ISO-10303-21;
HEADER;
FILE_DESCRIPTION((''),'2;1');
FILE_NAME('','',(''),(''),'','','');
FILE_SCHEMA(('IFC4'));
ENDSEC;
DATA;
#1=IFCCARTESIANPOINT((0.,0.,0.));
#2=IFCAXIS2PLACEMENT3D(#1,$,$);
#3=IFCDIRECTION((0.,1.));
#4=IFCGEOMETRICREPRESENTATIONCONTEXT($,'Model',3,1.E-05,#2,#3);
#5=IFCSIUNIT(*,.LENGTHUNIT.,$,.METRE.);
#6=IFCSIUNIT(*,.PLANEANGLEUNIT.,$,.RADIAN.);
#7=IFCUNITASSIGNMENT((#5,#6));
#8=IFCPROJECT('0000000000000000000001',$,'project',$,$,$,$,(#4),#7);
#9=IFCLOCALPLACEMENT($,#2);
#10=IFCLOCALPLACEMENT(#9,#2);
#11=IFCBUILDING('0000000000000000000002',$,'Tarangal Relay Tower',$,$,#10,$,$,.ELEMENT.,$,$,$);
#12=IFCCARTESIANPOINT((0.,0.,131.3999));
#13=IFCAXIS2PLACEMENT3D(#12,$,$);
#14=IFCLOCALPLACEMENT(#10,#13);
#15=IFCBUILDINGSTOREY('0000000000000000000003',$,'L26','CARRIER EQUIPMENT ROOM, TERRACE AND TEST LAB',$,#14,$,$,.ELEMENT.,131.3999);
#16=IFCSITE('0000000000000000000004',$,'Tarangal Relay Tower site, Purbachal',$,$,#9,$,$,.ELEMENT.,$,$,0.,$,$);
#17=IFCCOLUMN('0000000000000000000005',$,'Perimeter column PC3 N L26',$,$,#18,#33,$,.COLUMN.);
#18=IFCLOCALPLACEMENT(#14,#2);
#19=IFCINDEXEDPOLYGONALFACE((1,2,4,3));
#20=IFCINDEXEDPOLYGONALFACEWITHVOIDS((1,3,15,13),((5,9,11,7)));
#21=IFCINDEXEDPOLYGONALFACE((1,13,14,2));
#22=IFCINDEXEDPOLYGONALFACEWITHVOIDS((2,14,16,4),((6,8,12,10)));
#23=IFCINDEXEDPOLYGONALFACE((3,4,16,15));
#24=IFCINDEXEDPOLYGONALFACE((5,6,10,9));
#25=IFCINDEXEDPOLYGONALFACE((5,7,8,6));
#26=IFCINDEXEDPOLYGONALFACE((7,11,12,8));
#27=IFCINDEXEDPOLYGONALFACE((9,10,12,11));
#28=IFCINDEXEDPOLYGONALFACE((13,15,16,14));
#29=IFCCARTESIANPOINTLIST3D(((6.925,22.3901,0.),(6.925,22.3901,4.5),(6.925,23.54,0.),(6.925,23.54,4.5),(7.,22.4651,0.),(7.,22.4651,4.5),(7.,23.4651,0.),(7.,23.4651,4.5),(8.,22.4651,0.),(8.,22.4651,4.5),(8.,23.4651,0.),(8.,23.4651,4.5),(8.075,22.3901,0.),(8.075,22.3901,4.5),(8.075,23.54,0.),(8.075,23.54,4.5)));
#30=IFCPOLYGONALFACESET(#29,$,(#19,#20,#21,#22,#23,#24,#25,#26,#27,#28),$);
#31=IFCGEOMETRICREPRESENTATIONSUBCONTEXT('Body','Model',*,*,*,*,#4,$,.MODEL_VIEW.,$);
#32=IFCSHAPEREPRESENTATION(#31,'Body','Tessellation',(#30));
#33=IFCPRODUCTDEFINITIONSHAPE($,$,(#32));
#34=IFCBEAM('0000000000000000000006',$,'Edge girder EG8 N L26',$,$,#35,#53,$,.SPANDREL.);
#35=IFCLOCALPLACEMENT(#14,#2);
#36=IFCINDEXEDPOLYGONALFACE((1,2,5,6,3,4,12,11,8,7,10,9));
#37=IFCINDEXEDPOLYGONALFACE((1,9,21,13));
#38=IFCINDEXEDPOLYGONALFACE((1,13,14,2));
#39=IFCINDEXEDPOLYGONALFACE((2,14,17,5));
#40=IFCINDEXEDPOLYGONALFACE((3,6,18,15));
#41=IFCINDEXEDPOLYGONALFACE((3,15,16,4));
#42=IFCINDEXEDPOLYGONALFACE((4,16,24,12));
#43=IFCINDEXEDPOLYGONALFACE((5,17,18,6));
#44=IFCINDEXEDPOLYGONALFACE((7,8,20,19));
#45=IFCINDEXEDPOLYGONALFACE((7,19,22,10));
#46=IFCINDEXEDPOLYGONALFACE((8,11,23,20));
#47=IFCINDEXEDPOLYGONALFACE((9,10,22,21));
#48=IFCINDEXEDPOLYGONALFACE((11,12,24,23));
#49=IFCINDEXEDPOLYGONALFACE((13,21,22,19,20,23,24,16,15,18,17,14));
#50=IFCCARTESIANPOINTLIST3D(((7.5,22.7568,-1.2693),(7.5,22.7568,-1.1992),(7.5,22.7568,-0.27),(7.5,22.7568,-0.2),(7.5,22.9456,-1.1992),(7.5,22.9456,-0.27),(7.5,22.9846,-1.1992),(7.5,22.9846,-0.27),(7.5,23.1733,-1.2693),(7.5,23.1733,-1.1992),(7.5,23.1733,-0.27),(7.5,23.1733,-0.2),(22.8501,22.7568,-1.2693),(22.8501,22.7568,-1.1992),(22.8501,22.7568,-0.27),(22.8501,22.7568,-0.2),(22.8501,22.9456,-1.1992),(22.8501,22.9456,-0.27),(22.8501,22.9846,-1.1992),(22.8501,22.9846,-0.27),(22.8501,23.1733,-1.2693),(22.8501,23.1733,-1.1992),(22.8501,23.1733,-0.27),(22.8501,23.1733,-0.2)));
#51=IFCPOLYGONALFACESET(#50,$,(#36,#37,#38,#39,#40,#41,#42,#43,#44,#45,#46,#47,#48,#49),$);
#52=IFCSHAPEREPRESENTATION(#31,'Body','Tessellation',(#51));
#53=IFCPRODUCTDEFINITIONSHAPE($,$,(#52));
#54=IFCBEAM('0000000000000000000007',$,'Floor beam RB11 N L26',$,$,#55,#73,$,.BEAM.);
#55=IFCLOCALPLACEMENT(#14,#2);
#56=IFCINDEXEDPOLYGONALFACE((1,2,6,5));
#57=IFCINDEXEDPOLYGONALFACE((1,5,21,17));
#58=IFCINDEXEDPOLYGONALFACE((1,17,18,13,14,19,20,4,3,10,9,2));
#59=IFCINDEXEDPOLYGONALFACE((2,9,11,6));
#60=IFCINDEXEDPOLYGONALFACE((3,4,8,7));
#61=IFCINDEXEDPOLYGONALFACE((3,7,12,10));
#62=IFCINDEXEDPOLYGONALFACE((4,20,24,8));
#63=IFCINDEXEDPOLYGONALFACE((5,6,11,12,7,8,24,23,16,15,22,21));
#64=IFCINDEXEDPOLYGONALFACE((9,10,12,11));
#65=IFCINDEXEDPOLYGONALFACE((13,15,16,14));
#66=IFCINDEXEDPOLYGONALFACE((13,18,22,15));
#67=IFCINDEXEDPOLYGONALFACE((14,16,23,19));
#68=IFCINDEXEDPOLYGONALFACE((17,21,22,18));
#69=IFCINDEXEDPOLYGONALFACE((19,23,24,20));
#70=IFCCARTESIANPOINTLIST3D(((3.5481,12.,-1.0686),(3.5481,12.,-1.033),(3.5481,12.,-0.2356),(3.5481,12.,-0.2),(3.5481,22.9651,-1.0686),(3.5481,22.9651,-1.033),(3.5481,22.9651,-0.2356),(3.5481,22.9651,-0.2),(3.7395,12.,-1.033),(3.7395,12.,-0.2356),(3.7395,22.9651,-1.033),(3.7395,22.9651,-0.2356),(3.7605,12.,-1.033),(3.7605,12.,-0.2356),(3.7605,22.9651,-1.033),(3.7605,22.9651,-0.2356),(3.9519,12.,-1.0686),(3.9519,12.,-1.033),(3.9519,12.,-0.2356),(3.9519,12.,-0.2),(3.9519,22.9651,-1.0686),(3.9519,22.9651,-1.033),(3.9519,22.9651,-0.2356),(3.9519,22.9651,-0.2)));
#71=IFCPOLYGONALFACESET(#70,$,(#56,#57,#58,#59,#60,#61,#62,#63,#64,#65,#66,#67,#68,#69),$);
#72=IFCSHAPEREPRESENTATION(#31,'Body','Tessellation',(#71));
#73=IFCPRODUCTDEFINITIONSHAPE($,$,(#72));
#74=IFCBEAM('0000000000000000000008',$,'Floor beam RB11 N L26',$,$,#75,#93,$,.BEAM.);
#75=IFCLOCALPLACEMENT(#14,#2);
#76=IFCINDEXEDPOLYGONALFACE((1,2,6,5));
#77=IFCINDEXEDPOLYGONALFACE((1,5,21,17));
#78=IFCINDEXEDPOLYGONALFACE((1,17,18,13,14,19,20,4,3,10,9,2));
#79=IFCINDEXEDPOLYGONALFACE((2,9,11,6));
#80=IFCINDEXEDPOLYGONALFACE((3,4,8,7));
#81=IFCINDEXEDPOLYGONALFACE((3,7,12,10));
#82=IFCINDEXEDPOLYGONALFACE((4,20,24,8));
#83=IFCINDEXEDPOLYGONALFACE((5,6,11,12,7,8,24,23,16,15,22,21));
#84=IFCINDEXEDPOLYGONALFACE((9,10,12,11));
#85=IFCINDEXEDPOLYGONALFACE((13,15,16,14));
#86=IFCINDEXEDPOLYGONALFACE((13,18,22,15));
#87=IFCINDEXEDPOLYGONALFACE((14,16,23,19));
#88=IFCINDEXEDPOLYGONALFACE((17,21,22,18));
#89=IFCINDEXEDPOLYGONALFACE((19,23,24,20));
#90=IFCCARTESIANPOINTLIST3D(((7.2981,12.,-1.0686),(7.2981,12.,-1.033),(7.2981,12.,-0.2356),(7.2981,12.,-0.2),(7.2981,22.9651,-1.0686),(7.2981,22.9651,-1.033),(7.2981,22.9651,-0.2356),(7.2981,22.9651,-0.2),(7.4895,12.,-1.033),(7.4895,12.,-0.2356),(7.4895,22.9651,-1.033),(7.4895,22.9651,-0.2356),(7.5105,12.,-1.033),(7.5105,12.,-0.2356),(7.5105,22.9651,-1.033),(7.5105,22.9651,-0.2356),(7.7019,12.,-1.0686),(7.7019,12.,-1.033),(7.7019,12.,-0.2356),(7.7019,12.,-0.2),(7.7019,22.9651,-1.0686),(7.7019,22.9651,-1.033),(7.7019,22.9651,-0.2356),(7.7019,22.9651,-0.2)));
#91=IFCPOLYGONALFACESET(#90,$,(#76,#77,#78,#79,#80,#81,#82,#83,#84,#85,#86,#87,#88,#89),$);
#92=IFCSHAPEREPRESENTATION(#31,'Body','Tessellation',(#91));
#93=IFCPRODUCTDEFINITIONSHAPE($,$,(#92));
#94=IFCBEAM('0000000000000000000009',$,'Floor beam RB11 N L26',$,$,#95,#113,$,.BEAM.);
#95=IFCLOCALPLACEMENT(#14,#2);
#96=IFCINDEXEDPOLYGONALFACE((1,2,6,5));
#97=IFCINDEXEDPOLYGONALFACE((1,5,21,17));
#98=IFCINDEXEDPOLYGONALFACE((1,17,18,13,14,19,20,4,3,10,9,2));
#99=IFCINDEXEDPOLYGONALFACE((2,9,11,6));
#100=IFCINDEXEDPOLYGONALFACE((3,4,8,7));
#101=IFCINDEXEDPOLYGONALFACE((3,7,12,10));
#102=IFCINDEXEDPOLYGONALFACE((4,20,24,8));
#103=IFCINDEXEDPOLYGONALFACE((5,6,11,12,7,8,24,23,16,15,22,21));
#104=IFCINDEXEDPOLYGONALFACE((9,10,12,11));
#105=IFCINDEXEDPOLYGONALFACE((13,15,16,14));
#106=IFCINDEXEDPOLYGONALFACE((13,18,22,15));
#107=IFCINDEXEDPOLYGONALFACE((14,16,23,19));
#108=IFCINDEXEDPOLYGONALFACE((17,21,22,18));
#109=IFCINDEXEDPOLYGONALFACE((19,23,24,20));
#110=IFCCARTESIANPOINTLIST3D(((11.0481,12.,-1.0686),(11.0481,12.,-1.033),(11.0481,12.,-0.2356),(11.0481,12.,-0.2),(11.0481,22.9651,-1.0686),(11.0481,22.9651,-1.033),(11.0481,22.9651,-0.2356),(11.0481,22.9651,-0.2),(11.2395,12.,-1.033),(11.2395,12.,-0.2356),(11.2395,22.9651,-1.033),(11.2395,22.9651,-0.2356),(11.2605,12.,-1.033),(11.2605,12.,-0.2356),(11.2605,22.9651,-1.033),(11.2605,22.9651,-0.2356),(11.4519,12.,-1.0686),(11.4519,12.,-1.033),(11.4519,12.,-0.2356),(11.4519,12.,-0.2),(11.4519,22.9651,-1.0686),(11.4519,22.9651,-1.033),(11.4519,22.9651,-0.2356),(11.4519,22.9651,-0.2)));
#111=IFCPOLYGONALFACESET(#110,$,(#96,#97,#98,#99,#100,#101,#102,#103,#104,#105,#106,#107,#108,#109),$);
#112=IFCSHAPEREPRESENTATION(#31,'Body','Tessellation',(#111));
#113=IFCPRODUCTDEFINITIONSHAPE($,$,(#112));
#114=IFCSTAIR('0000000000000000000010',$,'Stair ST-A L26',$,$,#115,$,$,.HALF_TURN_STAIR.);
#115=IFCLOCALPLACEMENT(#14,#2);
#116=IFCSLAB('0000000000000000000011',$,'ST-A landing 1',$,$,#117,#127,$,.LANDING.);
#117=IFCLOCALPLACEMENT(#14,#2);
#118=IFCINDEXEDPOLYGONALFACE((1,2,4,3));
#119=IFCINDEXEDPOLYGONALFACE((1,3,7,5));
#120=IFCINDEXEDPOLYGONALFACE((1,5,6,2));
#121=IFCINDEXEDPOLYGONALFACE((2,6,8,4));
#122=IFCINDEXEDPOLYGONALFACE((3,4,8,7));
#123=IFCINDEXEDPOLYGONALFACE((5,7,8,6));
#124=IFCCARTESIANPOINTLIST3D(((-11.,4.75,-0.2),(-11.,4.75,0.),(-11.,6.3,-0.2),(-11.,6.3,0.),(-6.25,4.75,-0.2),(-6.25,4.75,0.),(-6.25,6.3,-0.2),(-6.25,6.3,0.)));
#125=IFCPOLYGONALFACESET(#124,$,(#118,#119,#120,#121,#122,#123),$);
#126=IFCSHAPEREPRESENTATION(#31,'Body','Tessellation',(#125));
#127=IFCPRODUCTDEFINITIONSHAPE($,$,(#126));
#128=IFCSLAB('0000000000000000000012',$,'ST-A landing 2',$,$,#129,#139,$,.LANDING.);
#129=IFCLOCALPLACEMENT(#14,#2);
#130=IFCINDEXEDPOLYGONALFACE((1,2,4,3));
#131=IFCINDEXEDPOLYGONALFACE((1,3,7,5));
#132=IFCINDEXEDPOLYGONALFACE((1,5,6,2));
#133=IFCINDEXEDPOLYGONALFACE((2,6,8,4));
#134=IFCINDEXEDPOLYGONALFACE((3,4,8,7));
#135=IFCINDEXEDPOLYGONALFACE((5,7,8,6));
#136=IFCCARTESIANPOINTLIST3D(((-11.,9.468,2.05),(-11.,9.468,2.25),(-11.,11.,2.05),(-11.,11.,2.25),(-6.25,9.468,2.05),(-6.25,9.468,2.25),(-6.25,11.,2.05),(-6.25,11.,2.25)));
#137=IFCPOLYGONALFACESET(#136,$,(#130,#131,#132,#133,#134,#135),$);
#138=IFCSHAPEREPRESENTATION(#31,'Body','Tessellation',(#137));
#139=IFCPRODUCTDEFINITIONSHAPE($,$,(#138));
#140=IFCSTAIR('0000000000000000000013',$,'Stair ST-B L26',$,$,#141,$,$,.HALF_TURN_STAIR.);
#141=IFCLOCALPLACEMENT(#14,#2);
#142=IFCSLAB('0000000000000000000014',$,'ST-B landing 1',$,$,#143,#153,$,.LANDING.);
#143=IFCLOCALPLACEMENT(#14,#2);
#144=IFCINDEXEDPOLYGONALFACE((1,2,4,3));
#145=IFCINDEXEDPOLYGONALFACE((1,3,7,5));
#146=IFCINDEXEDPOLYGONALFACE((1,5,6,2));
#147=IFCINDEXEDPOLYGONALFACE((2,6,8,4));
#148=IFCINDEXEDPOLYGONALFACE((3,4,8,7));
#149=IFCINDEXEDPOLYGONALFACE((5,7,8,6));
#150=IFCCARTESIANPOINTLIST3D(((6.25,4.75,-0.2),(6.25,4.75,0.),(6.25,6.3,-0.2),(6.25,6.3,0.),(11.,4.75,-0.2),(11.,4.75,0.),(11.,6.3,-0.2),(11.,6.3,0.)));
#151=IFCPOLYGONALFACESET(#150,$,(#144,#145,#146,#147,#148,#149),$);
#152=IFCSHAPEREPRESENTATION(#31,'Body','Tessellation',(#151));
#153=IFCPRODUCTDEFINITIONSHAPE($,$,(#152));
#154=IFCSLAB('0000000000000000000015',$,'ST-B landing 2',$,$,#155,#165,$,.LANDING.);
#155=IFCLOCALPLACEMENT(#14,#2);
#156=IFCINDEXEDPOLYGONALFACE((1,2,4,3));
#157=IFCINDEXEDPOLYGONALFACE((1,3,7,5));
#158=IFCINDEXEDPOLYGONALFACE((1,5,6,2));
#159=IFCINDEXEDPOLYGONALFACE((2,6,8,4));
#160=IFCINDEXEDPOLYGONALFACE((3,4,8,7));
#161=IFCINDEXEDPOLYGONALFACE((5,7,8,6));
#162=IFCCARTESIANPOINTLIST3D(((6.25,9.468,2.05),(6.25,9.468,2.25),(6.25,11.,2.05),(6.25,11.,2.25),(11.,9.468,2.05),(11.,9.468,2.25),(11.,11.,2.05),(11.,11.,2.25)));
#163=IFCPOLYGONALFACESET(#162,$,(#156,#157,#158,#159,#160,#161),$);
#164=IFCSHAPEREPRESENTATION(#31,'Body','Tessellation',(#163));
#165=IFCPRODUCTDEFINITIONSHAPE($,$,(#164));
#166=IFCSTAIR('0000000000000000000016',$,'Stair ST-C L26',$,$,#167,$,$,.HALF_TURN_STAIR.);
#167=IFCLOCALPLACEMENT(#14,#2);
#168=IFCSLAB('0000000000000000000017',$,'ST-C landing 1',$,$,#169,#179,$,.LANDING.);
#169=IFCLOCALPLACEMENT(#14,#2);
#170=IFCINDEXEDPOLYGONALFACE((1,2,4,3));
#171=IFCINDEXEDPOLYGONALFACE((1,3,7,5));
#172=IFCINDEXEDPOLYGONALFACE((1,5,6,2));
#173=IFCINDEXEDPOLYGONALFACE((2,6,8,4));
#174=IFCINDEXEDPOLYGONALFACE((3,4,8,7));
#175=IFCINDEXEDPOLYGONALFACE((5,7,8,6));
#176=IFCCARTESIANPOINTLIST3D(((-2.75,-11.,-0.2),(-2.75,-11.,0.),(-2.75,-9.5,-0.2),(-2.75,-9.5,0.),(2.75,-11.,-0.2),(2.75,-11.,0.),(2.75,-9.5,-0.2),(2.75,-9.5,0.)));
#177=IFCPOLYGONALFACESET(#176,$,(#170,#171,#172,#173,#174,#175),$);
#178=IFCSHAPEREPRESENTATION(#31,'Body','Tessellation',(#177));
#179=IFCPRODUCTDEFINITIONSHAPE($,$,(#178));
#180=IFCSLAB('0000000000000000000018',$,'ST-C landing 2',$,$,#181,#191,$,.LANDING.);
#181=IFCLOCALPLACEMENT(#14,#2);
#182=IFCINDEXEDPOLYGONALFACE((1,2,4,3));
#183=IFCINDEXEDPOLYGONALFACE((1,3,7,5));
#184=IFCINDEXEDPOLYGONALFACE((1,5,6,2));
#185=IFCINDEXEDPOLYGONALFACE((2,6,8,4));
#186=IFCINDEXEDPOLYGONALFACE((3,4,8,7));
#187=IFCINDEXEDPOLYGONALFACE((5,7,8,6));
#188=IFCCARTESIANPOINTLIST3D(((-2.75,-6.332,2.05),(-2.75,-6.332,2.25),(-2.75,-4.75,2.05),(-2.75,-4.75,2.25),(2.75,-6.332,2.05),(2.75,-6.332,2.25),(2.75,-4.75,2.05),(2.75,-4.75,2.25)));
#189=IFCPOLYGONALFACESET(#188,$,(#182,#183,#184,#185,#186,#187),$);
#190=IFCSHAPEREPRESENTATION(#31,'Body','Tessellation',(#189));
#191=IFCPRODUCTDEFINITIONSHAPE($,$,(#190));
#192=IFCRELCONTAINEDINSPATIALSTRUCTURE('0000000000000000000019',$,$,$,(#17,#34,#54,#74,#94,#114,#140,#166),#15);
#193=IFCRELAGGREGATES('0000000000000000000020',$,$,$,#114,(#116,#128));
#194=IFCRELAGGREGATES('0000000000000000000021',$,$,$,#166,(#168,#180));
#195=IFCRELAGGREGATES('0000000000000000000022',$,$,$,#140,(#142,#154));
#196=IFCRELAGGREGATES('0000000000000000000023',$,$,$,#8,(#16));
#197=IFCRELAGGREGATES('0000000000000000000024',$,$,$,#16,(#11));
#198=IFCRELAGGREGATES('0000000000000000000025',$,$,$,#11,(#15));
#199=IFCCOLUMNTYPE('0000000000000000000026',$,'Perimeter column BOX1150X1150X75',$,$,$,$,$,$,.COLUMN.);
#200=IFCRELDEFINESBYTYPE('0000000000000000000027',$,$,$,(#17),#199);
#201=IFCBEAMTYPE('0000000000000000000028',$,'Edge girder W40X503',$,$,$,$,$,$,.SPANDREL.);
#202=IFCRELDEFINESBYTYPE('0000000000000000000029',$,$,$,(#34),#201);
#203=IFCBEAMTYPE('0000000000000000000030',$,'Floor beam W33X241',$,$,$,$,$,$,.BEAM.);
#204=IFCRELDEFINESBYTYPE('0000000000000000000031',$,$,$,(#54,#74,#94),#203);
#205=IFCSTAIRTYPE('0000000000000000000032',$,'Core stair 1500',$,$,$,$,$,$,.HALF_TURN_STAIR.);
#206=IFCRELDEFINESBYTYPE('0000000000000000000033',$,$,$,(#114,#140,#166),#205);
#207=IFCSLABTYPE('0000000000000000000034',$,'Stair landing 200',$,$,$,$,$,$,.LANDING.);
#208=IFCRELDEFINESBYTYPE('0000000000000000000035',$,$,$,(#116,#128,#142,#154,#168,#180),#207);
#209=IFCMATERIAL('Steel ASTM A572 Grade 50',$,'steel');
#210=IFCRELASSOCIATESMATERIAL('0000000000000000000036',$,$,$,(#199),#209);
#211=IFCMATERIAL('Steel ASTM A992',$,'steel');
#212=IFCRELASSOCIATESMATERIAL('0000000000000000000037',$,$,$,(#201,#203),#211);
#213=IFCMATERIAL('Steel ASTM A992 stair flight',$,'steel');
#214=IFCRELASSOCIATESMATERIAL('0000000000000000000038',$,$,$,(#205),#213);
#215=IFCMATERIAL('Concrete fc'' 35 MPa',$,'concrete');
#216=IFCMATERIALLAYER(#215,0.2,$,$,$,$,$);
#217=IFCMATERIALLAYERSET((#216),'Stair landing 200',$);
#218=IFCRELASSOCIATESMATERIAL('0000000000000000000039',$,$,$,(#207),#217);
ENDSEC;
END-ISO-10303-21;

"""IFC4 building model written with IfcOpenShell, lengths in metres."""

from ifc_helpers import new_model, si_unit, direction, frame, origin, origin_2d, place, context, subcontext, project, spatial, polyline, hollow_rectangle, i_section, outline, extrude, material, layer, layer_set, material_profile, profile_set, type_object, element, aggregate, save


model = new_model("IFC4")

# Units and contexts
model_context = context("Model", 3, precision=1e-05, world=origin(), true_north=direction((0.0, 1.0)))
body_context = subcontext(model_context, "Body", "Model", "MODEL_VIEW")
ifc_project = project(units=[si_unit("LENGTHUNIT", "METRE"), si_unit("PLANEANGLEUNIT", "RADIAN")], contexts=[model_context])

# Site, building, storey
site_placement = place(None, origin())
site = spatial("IfcSite", under=ifc_project, at=site_placement, Name="Tarangal Relay Tower site, Purbachal", CompositionType="ELEMENT", RefElevation=0.0)
building_placement = place(site_placement, origin())
building = spatial("IfcBuilding", under=site, at=building_placement, Name="Tarangal Relay Tower", CompositionType="ELEMENT")
storey_placement = place(building_placement, frame((0.0, 0.0, 131.3999)))
storey = spatial("IfcBuildingStorey", under=building, at=storey_placement, Name="L26", Description="CARRIER EQUIPMENT ROOM, TERRACE AND TEST LAB", CompositionType="ELEMENT", Elevation=131.3999)

# Column
ifc_material_1 = material(Name="Steel ASTM A572 Grade 50", Category="steel")
ifc_material_profile_1 = material_profile(ifc_material_1, hollow_rectangle(XDim=1.1499, YDim=1.1499, WallThickness=0.075, at=origin_2d()), Name="BOX1150X1150X75")
ifc_profile_set_1 = profile_set([ifc_material_profile_1], Name="Steel ASTM A572 Grade 50")
column_type = type_object("IfcColumnType", Name="Perimeter column BOX1150X1150X75", PredefinedType="COLUMN", material=ifc_profile_set_1)
column_placement = place(storey_placement, frame((7.5, 22.9651, 0.0), z_axis=(0.0, 0.0, 1.0), x_axis=(1.0, 0.0, 0.0)))
element("IfcColumn", 1, at=column_placement, inside=storey, type_object=column_type, Name="Perimeter column PC3 N L26", PredefinedType="COLUMN", context=body_context, shape_type="SweptSolid", body=[
    extrude(hollow_rectangle(XDim=1.1499, YDim=1.1499, WallThickness=0.075, at=origin_2d()), origin(), (0.0, 0.0, 1.0), 4.5),
])

# Beams
ifc_material_2 = material(Name="Steel ASTM A992", Category="steel")
ifc_material_profile_2 = material_profile(ifc_material_2, i_section(OverallWidth=0.4165, OverallDepth=1.0693, WebThickness=0.0391, FlangeThickness=0.0701, at=origin_2d()), Name="W40X503")
ifc_profile_set_2 = profile_set([ifc_material_profile_2], Name="Steel ASTM A992")
beam_type_1 = type_object("IfcBeamType", Name="Edge girder W40X503", PredefinedType="SPANDREL", material=ifc_profile_set_2)
beam_placement = place(storey_placement, frame((7.5, 22.9651, -0.7346), z_axis=(1.0, 0.0, 0.0), x_axis=(0.0, 1.0, 0.0)))
element("IfcBeam", 2, at=beam_placement, inside=storey, type_object=beam_type_1, Name="Edge girder EG8 N L26", PredefinedType="SPANDREL", context=body_context, shape_type="SweptSolid", body=[
    extrude(i_section(OverallWidth=0.4165, OverallDepth=1.0693, WebThickness=0.0391, FlangeThickness=0.0701, at=origin_2d()), origin(), (0.0, 0.0, 1.0), 15.3501),
])
ifc_material_profile_3 = material_profile(ifc_material_2, i_section(OverallWidth=0.4038, OverallDepth=0.8687, WebThickness=0.021, FlangeThickness=0.0356, at=origin_2d()), Name="W33X241")
ifc_profile_set_3 = profile_set([ifc_material_profile_3], Name="Steel ASTM A992")
beam_type_2 = type_object("IfcBeamType", Name="Floor beam W33X241", PredefinedType="BEAM", material=ifc_profile_set_3)
for number, where, z_axis, x_axis, name in (
    (3, (3.75, 12.0, -0.6343), (0.0, 1.0, 0.0), (-1.0, 0.0, 0.0), "Floor beam RB11 N L26"),
    (4, (7.5, 12.0, -0.6343), (0.0, 1.0, 0.0), (-1.0, 0.0, 0.0), "Floor beam RB11 N L26"),
    (5, (11.25, 12.0, -0.6343), (0.0, 1.0, 0.0), (-1.0, 0.0, 0.0), "Floor beam RB11 N L26"),
):
    element("IfcBeam", number, at=place(storey_placement, frame(where, z_axis=z_axis, x_axis=x_axis)), inside=storey, type_object=beam_type_2, Name=name, PredefinedType="BEAM", context=body_context, shape_type="SweptSolid", body=[
        extrude(i_section(OverallWidth=0.4038, OverallDepth=0.8687, WebThickness=0.021, FlangeThickness=0.0356, at=origin_2d()), origin(), (0.0, 0.0, 1.0), 10.9651),
    ])

# Stairs, slabs
ifc_material_3 = material(Name="Steel ASTM A992 stair flight", Category="steel")
stair_type = type_object("IfcStairType", Name="Core stair 1500", PredefinedType="HALF_TURN_STAIR", material=ifc_material_3)
stair_1_placement = place(storey_placement, origin())
stair_1 = element("IfcStair", 6, at=stair_1_placement, inside=storey, type_object=stair_type, Name="Stair ST-A L26", PredefinedType="HALF_TURN_STAIR")
ifc_material_4 = material(Name="Concrete fc' 35 MPa", Category="concrete")
ifc_layer_1 = layer(ifc_material_4, 0.2)
ifc_layer_set_1 = layer_set([ifc_layer_1], Name="Stair landing 200")
slab_type = type_object("IfcSlabType", Name="Stair landing 200", PredefinedType="LANDING", material=ifc_layer_set_1)
slab_1_placement = place(storey_placement, frame((0.0, 0.0, -0.2)))
slab_1 = element("IfcSlab", 7, at=slab_1_placement, type_object=slab_type, Name="ST-A landing 1", PredefinedType="LANDING", context=body_context, shape_type="SweptSolid", body=[
    extrude(outline(polyline([(-11.0, 4.75), (-6.25, 4.75), (-6.25, 6.3), (-11.0, 6.3), (-11.0, 4.75)])), origin(), (0.0, 0.0, 1.0), 0.2),
])
slab_2_placement = place(storey_placement, frame((0.0, 0.0, 2.05)))
slab_2 = element("IfcSlab", 8, at=slab_2_placement, type_object=slab_type, Name="ST-A landing 2", PredefinedType="LANDING", context=body_context, shape_type="SweptSolid", body=[
    extrude(outline(polyline([(-11.0, 9.468), (-6.25, 9.468), (-6.25, 11.0), (-11.0, 11.0), (-11.0, 9.468)])), origin(), (0.0, 0.0, 1.0), 0.2),
])
aggregate(stair_1, [slab_1, slab_2])
stair_2_placement = place(storey_placement, origin())
stair_2 = element("IfcStair", 9, at=stair_2_placement, inside=storey, type_object=stair_type, Name="Stair ST-B L26", PredefinedType="HALF_TURN_STAIR")
slab_3_placement = place(storey_placement, frame((0.0, 0.0, -0.2)))
slab_3 = element("IfcSlab", 10, at=slab_3_placement, type_object=slab_type, Name="ST-B landing 1", PredefinedType="LANDING", context=body_context, shape_type="SweptSolid", body=[
    extrude(outline(polyline([(6.25, 4.75), (11.0, 4.75), (11.0, 6.3), (6.25, 6.3), (6.25, 4.75)])), origin(), (0.0, 0.0, 1.0), 0.2),
])
slab_4_placement = place(storey_placement, frame((0.0, 0.0, 2.05)))
slab_4 = element("IfcSlab", 11, at=slab_4_placement, type_object=slab_type, Name="ST-B landing 2", PredefinedType="LANDING", context=body_context, shape_type="SweptSolid", body=[
    extrude(outline(polyline([(6.25, 9.468), (11.0, 9.468), (11.0, 11.0), (6.25, 11.0), (6.25, 9.468)])), origin(), (0.0, 0.0, 1.0), 0.2),
])
stair_3_placement = place(storey_placement, origin())
stair_3 = element("IfcStair", 12, at=stair_3_placement, inside=storey, type_object=stair_type, Name="Stair ST-C L26", PredefinedType="HALF_TURN_STAIR")
slab_5_placement = place(storey_placement, frame((0.0, 0.0, -0.2)))
slab_5 = element("IfcSlab", 13, at=slab_5_placement, type_object=slab_type, Name="ST-C landing 1", PredefinedType="LANDING", context=body_context, shape_type="SweptSolid", body=[
    extrude(outline(polyline([(-2.75, -11.0), (2.75, -11.0), (2.75, -9.5), (-2.75, -9.5), (-2.75, -11.0)])), origin(), (0.0, 0.0, 1.0), 0.2),
])
slab_6_placement = place(storey_placement, frame((0.0, 0.0, 2.05)))
slab_6 = element("IfcSlab", 14, at=slab_6_placement, type_object=slab_type, Name="ST-C landing 2", PredefinedType="LANDING", context=body_context, shape_type="SweptSolid", body=[
    extrude(outline(polyline([(-2.75, -6.332), (2.75, -6.332), (2.75, -4.75), (-2.75, -4.75), (-2.75, -6.332)])), origin(), (0.0, 0.0, 1.0), 0.2),
])
aggregate(stair_3, [slab_5, slab_6])

aggregate(stair_2, [slab_3, slab_4])

save(model, "model.ifc")
